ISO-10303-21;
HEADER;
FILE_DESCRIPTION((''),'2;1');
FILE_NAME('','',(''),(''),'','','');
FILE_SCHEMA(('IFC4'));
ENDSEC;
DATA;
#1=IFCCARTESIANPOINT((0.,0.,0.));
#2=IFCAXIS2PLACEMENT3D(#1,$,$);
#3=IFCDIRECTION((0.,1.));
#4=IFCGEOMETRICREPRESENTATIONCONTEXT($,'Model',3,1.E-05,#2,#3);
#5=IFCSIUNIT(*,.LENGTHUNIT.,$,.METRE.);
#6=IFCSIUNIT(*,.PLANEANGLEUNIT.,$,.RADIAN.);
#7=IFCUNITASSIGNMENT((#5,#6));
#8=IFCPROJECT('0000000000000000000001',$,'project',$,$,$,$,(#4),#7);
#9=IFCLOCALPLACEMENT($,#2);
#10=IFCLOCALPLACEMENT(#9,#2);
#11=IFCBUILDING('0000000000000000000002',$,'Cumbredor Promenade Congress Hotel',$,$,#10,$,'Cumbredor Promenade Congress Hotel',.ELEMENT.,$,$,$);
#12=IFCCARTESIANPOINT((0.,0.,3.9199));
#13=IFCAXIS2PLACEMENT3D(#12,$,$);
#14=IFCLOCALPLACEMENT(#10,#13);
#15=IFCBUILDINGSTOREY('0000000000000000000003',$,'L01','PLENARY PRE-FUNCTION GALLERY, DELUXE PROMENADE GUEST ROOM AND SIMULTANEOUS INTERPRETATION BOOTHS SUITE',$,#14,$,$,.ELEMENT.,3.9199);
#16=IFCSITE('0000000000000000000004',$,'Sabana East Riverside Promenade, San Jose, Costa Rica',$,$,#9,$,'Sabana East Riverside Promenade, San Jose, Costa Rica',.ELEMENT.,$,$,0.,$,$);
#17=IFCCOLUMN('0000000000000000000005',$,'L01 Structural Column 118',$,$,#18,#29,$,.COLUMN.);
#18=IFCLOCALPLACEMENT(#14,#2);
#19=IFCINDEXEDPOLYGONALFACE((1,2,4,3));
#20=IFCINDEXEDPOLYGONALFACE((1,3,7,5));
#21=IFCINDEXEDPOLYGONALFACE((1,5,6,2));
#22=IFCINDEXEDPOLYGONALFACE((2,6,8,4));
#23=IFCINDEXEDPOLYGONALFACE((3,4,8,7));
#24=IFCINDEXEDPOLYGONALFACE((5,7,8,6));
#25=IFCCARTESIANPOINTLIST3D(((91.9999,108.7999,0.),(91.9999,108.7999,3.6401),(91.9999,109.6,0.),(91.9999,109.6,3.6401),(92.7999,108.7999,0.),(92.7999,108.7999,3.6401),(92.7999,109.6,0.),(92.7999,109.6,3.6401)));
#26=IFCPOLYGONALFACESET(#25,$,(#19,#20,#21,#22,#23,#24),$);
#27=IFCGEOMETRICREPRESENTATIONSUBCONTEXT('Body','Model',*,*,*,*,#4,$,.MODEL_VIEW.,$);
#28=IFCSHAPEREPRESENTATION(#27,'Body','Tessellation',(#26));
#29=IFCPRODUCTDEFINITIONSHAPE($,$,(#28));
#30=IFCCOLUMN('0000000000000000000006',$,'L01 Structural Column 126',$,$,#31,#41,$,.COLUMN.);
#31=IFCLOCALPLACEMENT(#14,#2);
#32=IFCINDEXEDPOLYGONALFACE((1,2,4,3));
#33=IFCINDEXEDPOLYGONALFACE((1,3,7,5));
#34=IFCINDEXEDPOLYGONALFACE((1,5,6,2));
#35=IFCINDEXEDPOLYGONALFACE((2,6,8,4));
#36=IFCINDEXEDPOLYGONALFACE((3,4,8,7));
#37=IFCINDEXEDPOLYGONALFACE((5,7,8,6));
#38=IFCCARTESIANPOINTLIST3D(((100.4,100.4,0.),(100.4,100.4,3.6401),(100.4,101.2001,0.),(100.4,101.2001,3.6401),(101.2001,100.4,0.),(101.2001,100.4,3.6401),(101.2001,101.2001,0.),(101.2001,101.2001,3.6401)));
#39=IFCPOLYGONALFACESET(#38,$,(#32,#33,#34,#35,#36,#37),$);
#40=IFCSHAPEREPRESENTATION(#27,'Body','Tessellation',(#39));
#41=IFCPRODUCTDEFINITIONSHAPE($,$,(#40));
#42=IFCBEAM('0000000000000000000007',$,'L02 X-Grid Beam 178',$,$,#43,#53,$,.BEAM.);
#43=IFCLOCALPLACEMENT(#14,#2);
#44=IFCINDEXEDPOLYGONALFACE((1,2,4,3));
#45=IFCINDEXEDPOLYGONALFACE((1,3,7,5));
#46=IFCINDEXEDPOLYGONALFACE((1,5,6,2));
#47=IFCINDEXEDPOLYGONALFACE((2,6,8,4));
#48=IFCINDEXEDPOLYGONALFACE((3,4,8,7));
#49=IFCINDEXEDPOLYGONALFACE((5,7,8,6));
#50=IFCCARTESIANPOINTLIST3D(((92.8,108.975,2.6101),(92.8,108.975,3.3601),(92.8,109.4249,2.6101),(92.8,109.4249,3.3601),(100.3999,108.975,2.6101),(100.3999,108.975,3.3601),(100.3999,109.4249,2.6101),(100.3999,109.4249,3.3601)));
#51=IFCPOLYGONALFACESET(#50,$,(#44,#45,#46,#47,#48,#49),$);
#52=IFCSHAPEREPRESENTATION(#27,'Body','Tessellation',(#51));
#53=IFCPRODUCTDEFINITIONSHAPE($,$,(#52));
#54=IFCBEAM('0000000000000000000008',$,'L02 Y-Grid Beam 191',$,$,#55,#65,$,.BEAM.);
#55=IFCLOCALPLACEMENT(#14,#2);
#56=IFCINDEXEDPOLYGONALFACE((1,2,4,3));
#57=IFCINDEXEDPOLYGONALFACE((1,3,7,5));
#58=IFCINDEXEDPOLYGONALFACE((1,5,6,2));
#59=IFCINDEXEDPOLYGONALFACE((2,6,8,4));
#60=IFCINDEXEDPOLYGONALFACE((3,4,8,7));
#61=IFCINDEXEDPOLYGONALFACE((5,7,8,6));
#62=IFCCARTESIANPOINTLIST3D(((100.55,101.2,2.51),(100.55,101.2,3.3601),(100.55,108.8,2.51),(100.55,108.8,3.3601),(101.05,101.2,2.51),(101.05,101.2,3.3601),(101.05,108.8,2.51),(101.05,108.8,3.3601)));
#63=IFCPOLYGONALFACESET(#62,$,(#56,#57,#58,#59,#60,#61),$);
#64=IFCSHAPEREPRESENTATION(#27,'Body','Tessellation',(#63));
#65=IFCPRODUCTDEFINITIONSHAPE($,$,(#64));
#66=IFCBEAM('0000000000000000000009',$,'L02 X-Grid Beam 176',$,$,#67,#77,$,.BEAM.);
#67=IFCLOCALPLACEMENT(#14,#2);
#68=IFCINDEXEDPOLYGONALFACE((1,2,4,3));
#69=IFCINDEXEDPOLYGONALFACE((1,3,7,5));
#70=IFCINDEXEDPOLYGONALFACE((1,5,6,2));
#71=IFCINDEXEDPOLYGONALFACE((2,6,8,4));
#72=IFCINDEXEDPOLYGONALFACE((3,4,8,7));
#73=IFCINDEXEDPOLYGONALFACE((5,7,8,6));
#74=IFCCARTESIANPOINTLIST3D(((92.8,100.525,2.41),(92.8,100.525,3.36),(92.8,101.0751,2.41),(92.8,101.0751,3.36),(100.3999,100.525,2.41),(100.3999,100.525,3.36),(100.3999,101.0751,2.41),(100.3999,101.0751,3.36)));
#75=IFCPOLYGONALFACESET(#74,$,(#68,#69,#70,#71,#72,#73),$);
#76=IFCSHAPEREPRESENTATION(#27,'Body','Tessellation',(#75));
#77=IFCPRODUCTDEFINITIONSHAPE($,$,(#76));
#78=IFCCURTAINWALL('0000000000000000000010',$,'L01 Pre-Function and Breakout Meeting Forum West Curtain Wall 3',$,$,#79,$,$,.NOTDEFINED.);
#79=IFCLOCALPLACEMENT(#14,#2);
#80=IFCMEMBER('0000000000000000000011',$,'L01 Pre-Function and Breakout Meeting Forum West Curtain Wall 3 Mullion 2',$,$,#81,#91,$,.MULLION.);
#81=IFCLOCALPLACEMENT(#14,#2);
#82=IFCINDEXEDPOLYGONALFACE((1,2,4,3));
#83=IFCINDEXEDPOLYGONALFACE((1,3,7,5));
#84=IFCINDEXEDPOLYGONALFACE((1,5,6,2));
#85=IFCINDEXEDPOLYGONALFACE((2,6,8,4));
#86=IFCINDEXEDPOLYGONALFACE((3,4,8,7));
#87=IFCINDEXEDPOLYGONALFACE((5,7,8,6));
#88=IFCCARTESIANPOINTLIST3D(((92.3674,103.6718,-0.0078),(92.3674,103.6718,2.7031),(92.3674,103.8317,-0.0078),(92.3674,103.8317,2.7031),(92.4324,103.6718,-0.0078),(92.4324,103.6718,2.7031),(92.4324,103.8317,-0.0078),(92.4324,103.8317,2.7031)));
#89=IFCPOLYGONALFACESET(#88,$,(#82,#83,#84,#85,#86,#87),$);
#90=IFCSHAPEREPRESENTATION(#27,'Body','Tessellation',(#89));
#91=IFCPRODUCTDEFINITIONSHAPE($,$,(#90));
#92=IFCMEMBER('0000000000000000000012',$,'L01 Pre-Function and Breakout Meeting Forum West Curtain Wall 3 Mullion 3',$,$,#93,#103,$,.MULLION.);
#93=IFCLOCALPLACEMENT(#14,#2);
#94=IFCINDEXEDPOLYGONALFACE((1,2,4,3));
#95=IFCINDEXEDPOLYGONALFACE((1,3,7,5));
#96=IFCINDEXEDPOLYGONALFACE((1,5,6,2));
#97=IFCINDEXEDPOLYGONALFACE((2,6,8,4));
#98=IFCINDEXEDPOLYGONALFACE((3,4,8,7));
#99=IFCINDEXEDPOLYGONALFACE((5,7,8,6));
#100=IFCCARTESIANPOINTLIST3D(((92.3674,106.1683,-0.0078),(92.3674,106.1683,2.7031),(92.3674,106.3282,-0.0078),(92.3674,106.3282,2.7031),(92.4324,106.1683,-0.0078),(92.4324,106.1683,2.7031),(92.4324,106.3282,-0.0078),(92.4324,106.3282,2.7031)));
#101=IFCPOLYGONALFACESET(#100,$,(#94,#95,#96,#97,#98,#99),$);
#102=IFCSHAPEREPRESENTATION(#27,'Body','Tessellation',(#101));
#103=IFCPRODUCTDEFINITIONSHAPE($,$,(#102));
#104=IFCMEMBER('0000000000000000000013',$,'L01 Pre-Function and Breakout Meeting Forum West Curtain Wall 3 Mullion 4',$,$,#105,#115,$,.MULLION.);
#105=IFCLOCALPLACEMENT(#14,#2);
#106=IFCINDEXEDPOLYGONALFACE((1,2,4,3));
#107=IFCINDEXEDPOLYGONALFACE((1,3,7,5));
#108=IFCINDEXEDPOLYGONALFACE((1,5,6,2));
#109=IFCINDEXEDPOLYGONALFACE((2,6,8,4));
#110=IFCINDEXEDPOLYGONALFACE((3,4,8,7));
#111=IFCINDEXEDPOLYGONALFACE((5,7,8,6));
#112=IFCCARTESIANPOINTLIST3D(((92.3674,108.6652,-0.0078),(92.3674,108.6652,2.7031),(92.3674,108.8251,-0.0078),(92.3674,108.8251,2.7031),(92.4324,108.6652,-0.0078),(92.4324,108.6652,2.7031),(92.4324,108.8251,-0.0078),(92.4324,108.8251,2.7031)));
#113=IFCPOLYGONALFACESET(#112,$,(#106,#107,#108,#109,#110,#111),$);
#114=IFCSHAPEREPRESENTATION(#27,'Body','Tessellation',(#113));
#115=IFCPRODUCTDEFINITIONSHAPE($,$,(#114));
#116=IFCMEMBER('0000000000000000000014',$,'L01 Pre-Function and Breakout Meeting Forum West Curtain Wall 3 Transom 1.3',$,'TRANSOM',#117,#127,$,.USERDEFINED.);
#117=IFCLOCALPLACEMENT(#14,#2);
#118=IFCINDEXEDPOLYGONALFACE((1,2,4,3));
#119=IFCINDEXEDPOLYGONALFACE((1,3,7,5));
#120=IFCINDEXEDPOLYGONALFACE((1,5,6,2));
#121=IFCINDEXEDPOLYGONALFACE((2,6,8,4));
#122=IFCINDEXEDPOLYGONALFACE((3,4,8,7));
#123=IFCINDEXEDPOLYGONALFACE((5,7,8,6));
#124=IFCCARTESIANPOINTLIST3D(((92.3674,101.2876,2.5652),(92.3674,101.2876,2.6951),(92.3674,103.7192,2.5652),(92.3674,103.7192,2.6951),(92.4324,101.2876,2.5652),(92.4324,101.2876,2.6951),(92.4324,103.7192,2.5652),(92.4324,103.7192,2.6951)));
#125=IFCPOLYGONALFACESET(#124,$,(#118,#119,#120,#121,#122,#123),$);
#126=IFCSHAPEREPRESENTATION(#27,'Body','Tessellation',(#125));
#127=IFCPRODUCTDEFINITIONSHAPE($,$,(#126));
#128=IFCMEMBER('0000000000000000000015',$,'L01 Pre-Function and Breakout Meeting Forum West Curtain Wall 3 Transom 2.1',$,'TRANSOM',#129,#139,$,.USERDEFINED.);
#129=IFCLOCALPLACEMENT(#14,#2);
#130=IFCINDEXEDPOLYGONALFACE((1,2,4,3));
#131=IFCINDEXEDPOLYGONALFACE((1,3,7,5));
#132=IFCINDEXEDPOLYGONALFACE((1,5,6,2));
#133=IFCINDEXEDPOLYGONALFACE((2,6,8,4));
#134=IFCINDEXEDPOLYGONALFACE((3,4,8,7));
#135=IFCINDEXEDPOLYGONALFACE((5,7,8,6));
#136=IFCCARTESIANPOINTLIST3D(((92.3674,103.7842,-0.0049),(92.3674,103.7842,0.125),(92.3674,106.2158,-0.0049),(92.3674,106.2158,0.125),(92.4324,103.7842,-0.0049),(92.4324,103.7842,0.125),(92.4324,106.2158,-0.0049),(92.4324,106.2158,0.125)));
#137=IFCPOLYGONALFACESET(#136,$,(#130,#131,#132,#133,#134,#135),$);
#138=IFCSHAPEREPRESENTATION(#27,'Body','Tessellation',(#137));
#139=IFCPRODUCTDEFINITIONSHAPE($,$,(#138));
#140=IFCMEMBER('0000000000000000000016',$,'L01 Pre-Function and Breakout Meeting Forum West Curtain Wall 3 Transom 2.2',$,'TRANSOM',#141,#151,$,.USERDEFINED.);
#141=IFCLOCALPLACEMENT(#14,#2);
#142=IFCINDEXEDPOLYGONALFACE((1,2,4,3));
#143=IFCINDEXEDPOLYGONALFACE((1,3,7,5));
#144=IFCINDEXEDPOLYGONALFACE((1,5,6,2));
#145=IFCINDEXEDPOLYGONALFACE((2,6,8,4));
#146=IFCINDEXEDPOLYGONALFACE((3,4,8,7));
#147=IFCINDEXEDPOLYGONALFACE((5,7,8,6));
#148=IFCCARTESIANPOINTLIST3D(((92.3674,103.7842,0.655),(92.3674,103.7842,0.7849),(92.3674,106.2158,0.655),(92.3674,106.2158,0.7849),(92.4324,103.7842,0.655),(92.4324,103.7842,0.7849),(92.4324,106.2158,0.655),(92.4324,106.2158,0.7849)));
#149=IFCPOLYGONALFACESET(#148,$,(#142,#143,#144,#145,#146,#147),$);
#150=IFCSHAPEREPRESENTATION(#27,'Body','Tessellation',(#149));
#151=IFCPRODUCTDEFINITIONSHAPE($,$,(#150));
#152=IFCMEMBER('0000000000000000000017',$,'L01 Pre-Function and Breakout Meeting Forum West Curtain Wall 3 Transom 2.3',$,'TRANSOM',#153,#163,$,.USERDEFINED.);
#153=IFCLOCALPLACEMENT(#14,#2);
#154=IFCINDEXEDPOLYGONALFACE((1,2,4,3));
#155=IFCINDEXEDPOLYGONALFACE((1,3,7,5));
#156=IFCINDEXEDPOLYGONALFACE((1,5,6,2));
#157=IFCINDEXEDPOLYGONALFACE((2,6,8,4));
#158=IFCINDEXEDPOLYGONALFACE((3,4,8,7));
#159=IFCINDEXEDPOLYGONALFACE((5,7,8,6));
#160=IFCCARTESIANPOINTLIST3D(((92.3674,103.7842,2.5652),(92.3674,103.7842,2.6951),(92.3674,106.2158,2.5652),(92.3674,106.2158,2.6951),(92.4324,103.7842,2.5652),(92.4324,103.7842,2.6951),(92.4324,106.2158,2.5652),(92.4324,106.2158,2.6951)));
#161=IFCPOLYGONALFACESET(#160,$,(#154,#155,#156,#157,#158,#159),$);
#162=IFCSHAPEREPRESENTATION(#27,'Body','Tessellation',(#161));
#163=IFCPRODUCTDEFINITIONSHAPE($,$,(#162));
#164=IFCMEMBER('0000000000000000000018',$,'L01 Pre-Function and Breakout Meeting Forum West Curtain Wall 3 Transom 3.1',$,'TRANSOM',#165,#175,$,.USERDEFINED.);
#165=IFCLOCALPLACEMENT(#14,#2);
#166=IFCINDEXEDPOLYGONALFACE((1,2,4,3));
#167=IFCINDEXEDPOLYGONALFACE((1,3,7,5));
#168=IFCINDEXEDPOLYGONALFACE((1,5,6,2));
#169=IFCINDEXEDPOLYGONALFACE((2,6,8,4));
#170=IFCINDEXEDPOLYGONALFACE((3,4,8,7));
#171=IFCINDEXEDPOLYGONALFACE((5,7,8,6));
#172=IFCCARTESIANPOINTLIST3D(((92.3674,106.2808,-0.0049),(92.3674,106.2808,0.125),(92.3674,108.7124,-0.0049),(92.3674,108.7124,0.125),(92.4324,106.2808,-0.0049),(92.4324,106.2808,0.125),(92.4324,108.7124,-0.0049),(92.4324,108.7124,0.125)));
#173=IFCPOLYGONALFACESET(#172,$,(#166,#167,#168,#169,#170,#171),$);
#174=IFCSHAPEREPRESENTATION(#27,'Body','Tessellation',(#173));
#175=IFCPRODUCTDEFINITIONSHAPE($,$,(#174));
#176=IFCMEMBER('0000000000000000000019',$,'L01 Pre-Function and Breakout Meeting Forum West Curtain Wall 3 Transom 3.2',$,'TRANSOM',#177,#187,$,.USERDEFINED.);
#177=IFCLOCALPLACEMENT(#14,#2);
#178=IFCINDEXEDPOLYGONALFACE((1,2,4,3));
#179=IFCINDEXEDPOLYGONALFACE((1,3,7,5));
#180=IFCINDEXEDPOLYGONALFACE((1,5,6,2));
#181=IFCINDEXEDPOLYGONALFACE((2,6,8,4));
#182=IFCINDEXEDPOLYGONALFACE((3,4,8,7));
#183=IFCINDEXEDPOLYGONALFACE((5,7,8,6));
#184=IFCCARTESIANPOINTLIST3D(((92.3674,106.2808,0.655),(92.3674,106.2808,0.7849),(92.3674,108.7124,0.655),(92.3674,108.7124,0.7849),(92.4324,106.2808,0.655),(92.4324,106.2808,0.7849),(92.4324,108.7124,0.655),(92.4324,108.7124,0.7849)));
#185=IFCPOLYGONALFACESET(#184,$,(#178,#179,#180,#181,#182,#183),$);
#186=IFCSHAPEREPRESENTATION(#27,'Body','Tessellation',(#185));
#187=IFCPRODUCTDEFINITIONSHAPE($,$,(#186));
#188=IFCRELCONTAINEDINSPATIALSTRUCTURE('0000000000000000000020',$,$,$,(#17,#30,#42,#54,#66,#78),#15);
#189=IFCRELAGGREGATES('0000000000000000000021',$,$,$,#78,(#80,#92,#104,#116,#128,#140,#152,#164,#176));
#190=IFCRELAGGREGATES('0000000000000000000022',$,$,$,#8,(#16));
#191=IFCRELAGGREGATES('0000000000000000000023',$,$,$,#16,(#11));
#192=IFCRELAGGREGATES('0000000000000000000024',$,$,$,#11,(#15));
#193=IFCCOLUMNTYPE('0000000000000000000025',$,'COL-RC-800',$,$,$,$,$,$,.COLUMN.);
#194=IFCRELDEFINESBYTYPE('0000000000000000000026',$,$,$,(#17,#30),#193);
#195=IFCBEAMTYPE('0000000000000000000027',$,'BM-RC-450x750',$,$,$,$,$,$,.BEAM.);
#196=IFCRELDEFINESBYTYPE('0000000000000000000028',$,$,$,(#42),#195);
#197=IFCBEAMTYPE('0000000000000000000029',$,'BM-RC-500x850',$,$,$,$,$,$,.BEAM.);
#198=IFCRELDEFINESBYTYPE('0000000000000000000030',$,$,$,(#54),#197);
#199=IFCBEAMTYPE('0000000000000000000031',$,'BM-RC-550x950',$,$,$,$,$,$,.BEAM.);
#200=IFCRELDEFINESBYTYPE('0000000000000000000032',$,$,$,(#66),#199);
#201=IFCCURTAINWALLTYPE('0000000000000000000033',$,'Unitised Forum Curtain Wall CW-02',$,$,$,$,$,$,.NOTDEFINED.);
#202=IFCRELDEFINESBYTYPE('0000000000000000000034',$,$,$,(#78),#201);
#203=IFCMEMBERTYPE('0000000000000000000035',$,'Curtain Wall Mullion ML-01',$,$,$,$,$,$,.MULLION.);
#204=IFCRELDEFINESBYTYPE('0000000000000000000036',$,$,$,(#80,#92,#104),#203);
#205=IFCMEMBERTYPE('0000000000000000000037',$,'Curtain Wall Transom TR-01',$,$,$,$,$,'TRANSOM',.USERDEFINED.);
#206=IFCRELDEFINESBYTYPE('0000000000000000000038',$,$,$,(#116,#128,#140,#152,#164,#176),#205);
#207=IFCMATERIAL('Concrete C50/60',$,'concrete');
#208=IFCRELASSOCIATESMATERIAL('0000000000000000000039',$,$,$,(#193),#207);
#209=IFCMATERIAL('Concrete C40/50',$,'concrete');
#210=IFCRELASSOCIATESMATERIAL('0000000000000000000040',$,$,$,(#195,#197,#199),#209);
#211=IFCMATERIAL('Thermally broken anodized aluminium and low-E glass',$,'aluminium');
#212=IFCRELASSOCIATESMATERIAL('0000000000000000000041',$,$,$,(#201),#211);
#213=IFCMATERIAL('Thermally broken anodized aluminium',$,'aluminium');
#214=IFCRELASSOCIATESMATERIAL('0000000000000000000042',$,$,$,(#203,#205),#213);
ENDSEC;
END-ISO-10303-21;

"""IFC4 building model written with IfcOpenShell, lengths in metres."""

from ifc_helpers import new_model, si_unit, direction, frame, origin, origin_2d, place, context, subcontext, project, spatial, rectangle, extrude, material, material_profile, profile_set, type_object, element, aggregate, save


model = new_model("IFC4")

# Units and contexts
model_context = context("Model", 3, precision=1e-05, world=origin(), true_north=direction((0.0, 1.0)))
body_context = subcontext(model_context, "Body", "Model", "MODEL_VIEW")
ifc_project = project(units=[si_unit("LENGTHUNIT", "METRE"), si_unit("PLANEANGLEUNIT", "RADIAN")], contexts=[model_context])

# Site, building, storey
site_placement = place(None, origin())
site = spatial("IfcSite", under=ifc_project, at=site_placement, Name="Sabana East Riverside Promenade, San Jose, Costa Rica", LongName="Sabana East Riverside Promenade, San Jose, Costa Rica", CompositionType="ELEMENT", RefElevation=0.0)
building_placement = place(site_placement, origin())
building = spatial("IfcBuilding", under=site, at=building_placement, Name="Cumbredor Promenade Congress Hotel", LongName="Cumbredor Promenade Congress Hotel", CompositionType="ELEMENT")
storey_placement = place(building_placement, frame((0.0, 0.0, 3.9199)))
storey = spatial("IfcBuildingStorey", under=building, at=storey_placement, Name="L01", Description="PLENARY PRE-FUNCTION GALLERY, DELUXE PROMENADE GUEST ROOM AND SIMULTANEOUS INTERPRETATION BOOTHS SUITE", CompositionType="ELEMENT", Elevation=3.9199)

# Columns
ifc_material_1 = material(Name="Concrete C50/60", Category="concrete")
ifc_material_profile_1 = material_profile(ifc_material_1, rectangle(XDim=0.8, YDim=0.8, at=origin_2d()), Name="RC 800x800")
ifc_profile_set_1 = profile_set([ifc_material_profile_1], Name="Concrete C50/60")
column_type = type_object("IfcColumnType", Name="COL-RC-800", PredefinedType="COLUMN", material=ifc_profile_set_1)
for number, where, z_axis, x_axis, name in (
    (1, (92.3999, 109.2, 0.0), (0.0, 0.0, 1.0), (1.0, 0.0, 0.0), "L01 Structural Column 118"),
    (2, (100.8, 100.8, 0.0), (0.0, 0.0, 1.0), (1.0, 0.0, 0.0), "L01 Structural Column 126"),
):
    element("IfcColumn", number, at=place(storey_placement, frame(where, z_axis=z_axis, x_axis=x_axis)), inside=storey, type_object=column_type, Name=name, PredefinedType="COLUMN", context=body_context, shape_type="SweptSolid", body=[
        extrude(rectangle(XDim=0.8, YDim=0.8, at=origin_2d()), origin(), (0.0, 0.0, 1.0), 3.6401),
    ])

# Beams
ifc_material_2 = material(Name="Concrete C40/50", Category="concrete")
ifc_material_profile_2 = material_profile(ifc_material_2, rectangle(XDim=0.45, YDim=0.75, at=origin_2d()), Name="RC BEAM 450x750")
ifc_profile_set_2 = profile_set([ifc_material_profile_2], Name="Concrete C40/50")
beam_type_1 = type_object("IfcBeamType", Name="BM-RC-450x750", PredefinedType="BEAM", material=ifc_profile_set_2)
beam_1_placement = place(storey_placement, frame((92.8, 109.2, 2.9851), z_axis=(1.0, 0.0, 0.0), x_axis=(0.0, 1.0, 0.0)))
element("IfcBeam", 3, at=beam_1_placement, inside=storey, type_object=beam_type_1, Name="L02 X-Grid Beam 178", PredefinedType="BEAM", context=body_context, shape_type="SweptSolid", body=[
    extrude(rectangle(XDim=0.45, YDim=0.75, at=origin_2d()), origin(), (0.0, 0.0, 1.0), 7.5999),
])
ifc_material_profile_3 = material_profile(ifc_material_2, rectangle(XDim=0.5, YDim=0.8501, at=origin_2d()), Name="RC BEAM 500x850")
ifc_profile_set_3 = profile_set([ifc_material_profile_3], Name="Concrete C40/50")
beam_type_2 = type_object("IfcBeamType", Name="BM-RC-500x850", PredefinedType="BEAM", material=ifc_profile_set_3)
beam_2_placement = place(storey_placement, frame((100.8, 101.2, 2.9351), z_axis=(0.0, 1.0, 0.0), x_axis=(-1.0, 0.0, 0.0)))
element("IfcBeam", 4, at=beam_2_placement, inside=storey, type_object=beam_type_2, Name="L02 Y-Grid Beam 191", PredefinedType="BEAM", context=body_context, shape_type="SweptSolid", body=[
    extrude(rectangle(XDim=0.5, YDim=0.8501, at=origin_2d()), origin(), (0.0, 0.0, 1.0), 7.6001),
])
ifc_material_profile_4 = material_profile(ifc_material_2, rectangle(XDim=0.55, YDim=0.95, at=origin_2d()), Name="RC BEAM 550x950")
ifc_profile_set_4 = profile_set([ifc_material_profile_4], Name="Concrete C40/50")
beam_type_3 = type_object("IfcBeamType", Name="BM-RC-550x950", PredefinedType="BEAM", material=ifc_profile_set_4)
beam_3_placement = place(storey_placement, frame((92.8, 100.8, 2.885), z_axis=(1.0, 0.0, 0.0), x_axis=(0.0, 1.0, 0.0)))
element("IfcBeam", 5, at=beam_3_placement, inside=storey, type_object=beam_type_3, Name="L02 X-Grid Beam 176", PredefinedType="BEAM", context=body_context, shape_type="SweptSolid", body=[
    extrude(rectangle(XDim=0.55, YDim=0.95, at=origin_2d()), origin(), (0.0, 0.0, 1.0), 7.5999),
])

# Curtain wall, members
ifc_material_3 = material(Name="Thermally broken anodized aluminium and low-E glass", Category="aluminium")
curtain_wall_type = type_object("IfcCurtainWallType", Name="Unitised Forum Curtain Wall CW-02", PredefinedType="NOTDEFINED", material=ifc_material_3)
curtain_wall_placement = place(storey_placement, origin())
curtain_wall = element("IfcCurtainWall", 6, at=curtain_wall_placement, inside=storey, type_object=curtain_wall_type, Name="L01 Pre-Function and Breakout Meeting Forum West Curtain Wall 3", PredefinedType="NOTDEFINED")
ifc_material_4 = material(Name="Thermally broken anodized aluminium", Category="aluminium")
ifc_material_profile_5 = material_profile(ifc_material_4, rectangle(XDim=0.0649, YDim=0.1599, at=origin_2d()), Name="ALU MULLION 65x160")
ifc_profile_set_5 = profile_set([ifc_material_profile_5], Name="Thermally broken anodized aluminium")
member_type_1 = type_object("IfcMemberType", Name="Curtain Wall Mullion ML-01", PredefinedType="MULLION", material=ifc_profile_set_5)
member_1_placement = place(storey_placement, frame((92.3999, 103.7517, -0.0078), z_axis=(0.0, 0.0, 1.0), x_axis=(1.0, 0.0, 0.0)))
member_1 = element("IfcMember", 7, at=member_1_placement, type_object=member_type_1, Name="L01 Pre-Function and Breakout Meeting Forum West Curtain Wall 3 Mullion 2", PredefinedType="MULLION", context=body_context, shape_type="SweptSolid", body=[
    extrude(rectangle(XDim=0.0649, YDim=0.1599, at=origin_2d()), origin(), (0.0, 0.0, 1.0), 2.7109),
])
member_2_placement = place(storey_placement, frame((92.3999, 106.2483, -0.0078), z_axis=(0.0, 0.0, 1.0), x_axis=(1.0, 0.0, 0.0)))
member_2 = element("IfcMember", 8, at=member_2_placement, type_object=member_type_1, Name="L01 Pre-Function and Breakout Meeting Forum West Curtain Wall 3 Mullion 3", PredefinedType="MULLION", context=body_context, shape_type="SweptSolid", body=[
    extrude(rectangle(XDim=0.0649, YDim=0.1599, at=origin_2d()), origin(), (0.0, 0.0, 1.0), 2.7109),
])
member_3_placement = place(storey_placement, frame((92.3999, 108.7451, -0.0078), z_axis=(0.0, 0.0, 1.0), x_axis=(1.0, 0.0, 0.0)))
member_3 = element("IfcMember", 9, at=member_3_placement, type_object=member_type_1, Name="L01 Pre-Function and Breakout Meeting Forum West Curtain Wall 3 Mullion 4", PredefinedType="MULLION", context=body_context, shape_type="SweptSolid", body=[
    extrude(rectangle(XDim=0.0649, YDim=0.1599, at=origin_2d()), origin(), (0.0, 0.0, 1.0), 2.7109),
])
ifc_material_profile_6 = material_profile(ifc_material_4, rectangle(XDim=0.0649, YDim=0.1299, at=origin_2d()), Name="ALU TRANSOM 65x130")
ifc_profile_set_6 = profile_set([ifc_material_profile_6], Name="Thermally broken anodized aluminium")
member_type_2 = type_object("IfcMemberType", Name="Curtain Wall Transom TR-01", ElementType="TRANSOM", PredefinedType="USERDEFINED", material=ifc_profile_set_6)
member_4_placement = place(storey_placement, frame((92.3999, 101.2876, 2.6301), z_axis=(0.0, 1.0, 0.0), x_axis=(-1.0, 0.0, 0.0)))
member_4 = element("IfcMember", 10, at=member_4_placement, type_object=member_type_2, Name="L01 Pre-Function and Breakout Meeting Forum West Curtain Wall 3 Transom 1.3", ObjectType="TRANSOM", PredefinedType="USERDEFINED", context=body_context, shape_type="SweptSolid", body=[
    extrude(rectangle(XDim=0.0649, YDim=0.1299, at=origin_2d()), origin(), (0.0, 0.0, 1.0), 2.4316),
])
member_5_placement = place(storey_placement, frame((92.3999, 103.7842, 0.0601), z_axis=(0.0, 1.0, 0.0), x_axis=(-1.0, 0.0, 0.0)))
member_5 = element("IfcMember", 11, at=member_5_placement, type_object=member_type_2, Name="L01 Pre-Function and Breakout Meeting Forum West Curtain Wall 3 Transom 2.1", ObjectType="TRANSOM", PredefinedType="USERDEFINED", context=body_context, shape_type="SweptSolid", body=[
    extrude(rectangle(XDim=0.0649, YDim=0.1299, at=origin_2d()), origin(), (0.0, 0.0, 1.0), 2.4316),
])
member_6_placement = place(storey_placement, frame((92.3999, 103.7842, 0.72), z_axis=(0.0, 1.0, 0.0), x_axis=(-1.0, 0.0, 0.0)))
member_6 = element("IfcMember", 12, at=member_6_placement, type_object=member_type_2, Name="L01 Pre-Function and Breakout Meeting Forum West Curtain Wall 3 Transom 2.2", ObjectType="TRANSOM", PredefinedType="USERDEFINED", context=body_context, shape_type="SweptSolid", body=[
    extrude(rectangle(XDim=0.0649, YDim=0.1299, at=origin_2d()), origin(), (0.0, 0.0, 1.0), 2.4316),
])
member_7_placement = place(storey_placement, frame((92.3999, 103.7842, 2.6301), z_axis=(0.0, 1.0, 0.0), x_axis=(-1.0, 0.0, 0.0)))
member_7 = element("IfcMember", 13, at=member_7_placement, type_object=member_type_2, Name="L01 Pre-Function and Breakout Meeting Forum West Curtain Wall 3 Transom 2.3", ObjectType="TRANSOM", PredefinedType="USERDEFINED", context=body_context, shape_type="SweptSolid", body=[
    extrude(rectangle(XDim=0.0649, YDim=0.1299, at=origin_2d()), origin(), (0.0, 0.0, 1.0), 2.4316),
])
member_8_placement = place(storey_placement, frame((92.3999, 106.2808, 0.0601), z_axis=(0.0, 1.0, 0.0), x_axis=(-1.0, 0.0, 0.0)))
member_8 = element("IfcMember", 14, at=member_8_placement, type_object=member_type_2, Name="L01 Pre-Function and Breakout Meeting Forum West Curtain Wall 3 Transom 3.1", ObjectType="TRANSOM", PredefinedType="USERDEFINED", context=body_context, shape_type="SweptSolid", body=[
    extrude(rectangle(XDim=0.0649, YDim=0.1299, at=origin_2d()), origin(), (0.0, 0.0, 1.0), 2.4316),
])
member_9_placement = place(storey_placement, frame((92.3999, 106.2808, 0.72), z_axis=(0.0, 1.0, 0.0), x_axis=(-1.0, 0.0, 0.0)))
member_9 = element("IfcMember", 15, at=member_9_placement, type_object=member_type_2, Name="L01 Pre-Function and Breakout Meeting Forum West Curtain Wall 3 Transom 3.2", ObjectType="TRANSOM", PredefinedType="USERDEFINED", context=body_context, shape_type="SweptSolid", body=[
    extrude(rectangle(XDim=0.0649, YDim=0.1299, at=origin_2d()), origin(), (0.0, 0.0, 1.0), 2.4316),
])

aggregate(curtain_wall, [member_1, member_2, member_3, member_4, member_5, member_6, member_7, member_8, member_9])

save(model, "model.ifc")
